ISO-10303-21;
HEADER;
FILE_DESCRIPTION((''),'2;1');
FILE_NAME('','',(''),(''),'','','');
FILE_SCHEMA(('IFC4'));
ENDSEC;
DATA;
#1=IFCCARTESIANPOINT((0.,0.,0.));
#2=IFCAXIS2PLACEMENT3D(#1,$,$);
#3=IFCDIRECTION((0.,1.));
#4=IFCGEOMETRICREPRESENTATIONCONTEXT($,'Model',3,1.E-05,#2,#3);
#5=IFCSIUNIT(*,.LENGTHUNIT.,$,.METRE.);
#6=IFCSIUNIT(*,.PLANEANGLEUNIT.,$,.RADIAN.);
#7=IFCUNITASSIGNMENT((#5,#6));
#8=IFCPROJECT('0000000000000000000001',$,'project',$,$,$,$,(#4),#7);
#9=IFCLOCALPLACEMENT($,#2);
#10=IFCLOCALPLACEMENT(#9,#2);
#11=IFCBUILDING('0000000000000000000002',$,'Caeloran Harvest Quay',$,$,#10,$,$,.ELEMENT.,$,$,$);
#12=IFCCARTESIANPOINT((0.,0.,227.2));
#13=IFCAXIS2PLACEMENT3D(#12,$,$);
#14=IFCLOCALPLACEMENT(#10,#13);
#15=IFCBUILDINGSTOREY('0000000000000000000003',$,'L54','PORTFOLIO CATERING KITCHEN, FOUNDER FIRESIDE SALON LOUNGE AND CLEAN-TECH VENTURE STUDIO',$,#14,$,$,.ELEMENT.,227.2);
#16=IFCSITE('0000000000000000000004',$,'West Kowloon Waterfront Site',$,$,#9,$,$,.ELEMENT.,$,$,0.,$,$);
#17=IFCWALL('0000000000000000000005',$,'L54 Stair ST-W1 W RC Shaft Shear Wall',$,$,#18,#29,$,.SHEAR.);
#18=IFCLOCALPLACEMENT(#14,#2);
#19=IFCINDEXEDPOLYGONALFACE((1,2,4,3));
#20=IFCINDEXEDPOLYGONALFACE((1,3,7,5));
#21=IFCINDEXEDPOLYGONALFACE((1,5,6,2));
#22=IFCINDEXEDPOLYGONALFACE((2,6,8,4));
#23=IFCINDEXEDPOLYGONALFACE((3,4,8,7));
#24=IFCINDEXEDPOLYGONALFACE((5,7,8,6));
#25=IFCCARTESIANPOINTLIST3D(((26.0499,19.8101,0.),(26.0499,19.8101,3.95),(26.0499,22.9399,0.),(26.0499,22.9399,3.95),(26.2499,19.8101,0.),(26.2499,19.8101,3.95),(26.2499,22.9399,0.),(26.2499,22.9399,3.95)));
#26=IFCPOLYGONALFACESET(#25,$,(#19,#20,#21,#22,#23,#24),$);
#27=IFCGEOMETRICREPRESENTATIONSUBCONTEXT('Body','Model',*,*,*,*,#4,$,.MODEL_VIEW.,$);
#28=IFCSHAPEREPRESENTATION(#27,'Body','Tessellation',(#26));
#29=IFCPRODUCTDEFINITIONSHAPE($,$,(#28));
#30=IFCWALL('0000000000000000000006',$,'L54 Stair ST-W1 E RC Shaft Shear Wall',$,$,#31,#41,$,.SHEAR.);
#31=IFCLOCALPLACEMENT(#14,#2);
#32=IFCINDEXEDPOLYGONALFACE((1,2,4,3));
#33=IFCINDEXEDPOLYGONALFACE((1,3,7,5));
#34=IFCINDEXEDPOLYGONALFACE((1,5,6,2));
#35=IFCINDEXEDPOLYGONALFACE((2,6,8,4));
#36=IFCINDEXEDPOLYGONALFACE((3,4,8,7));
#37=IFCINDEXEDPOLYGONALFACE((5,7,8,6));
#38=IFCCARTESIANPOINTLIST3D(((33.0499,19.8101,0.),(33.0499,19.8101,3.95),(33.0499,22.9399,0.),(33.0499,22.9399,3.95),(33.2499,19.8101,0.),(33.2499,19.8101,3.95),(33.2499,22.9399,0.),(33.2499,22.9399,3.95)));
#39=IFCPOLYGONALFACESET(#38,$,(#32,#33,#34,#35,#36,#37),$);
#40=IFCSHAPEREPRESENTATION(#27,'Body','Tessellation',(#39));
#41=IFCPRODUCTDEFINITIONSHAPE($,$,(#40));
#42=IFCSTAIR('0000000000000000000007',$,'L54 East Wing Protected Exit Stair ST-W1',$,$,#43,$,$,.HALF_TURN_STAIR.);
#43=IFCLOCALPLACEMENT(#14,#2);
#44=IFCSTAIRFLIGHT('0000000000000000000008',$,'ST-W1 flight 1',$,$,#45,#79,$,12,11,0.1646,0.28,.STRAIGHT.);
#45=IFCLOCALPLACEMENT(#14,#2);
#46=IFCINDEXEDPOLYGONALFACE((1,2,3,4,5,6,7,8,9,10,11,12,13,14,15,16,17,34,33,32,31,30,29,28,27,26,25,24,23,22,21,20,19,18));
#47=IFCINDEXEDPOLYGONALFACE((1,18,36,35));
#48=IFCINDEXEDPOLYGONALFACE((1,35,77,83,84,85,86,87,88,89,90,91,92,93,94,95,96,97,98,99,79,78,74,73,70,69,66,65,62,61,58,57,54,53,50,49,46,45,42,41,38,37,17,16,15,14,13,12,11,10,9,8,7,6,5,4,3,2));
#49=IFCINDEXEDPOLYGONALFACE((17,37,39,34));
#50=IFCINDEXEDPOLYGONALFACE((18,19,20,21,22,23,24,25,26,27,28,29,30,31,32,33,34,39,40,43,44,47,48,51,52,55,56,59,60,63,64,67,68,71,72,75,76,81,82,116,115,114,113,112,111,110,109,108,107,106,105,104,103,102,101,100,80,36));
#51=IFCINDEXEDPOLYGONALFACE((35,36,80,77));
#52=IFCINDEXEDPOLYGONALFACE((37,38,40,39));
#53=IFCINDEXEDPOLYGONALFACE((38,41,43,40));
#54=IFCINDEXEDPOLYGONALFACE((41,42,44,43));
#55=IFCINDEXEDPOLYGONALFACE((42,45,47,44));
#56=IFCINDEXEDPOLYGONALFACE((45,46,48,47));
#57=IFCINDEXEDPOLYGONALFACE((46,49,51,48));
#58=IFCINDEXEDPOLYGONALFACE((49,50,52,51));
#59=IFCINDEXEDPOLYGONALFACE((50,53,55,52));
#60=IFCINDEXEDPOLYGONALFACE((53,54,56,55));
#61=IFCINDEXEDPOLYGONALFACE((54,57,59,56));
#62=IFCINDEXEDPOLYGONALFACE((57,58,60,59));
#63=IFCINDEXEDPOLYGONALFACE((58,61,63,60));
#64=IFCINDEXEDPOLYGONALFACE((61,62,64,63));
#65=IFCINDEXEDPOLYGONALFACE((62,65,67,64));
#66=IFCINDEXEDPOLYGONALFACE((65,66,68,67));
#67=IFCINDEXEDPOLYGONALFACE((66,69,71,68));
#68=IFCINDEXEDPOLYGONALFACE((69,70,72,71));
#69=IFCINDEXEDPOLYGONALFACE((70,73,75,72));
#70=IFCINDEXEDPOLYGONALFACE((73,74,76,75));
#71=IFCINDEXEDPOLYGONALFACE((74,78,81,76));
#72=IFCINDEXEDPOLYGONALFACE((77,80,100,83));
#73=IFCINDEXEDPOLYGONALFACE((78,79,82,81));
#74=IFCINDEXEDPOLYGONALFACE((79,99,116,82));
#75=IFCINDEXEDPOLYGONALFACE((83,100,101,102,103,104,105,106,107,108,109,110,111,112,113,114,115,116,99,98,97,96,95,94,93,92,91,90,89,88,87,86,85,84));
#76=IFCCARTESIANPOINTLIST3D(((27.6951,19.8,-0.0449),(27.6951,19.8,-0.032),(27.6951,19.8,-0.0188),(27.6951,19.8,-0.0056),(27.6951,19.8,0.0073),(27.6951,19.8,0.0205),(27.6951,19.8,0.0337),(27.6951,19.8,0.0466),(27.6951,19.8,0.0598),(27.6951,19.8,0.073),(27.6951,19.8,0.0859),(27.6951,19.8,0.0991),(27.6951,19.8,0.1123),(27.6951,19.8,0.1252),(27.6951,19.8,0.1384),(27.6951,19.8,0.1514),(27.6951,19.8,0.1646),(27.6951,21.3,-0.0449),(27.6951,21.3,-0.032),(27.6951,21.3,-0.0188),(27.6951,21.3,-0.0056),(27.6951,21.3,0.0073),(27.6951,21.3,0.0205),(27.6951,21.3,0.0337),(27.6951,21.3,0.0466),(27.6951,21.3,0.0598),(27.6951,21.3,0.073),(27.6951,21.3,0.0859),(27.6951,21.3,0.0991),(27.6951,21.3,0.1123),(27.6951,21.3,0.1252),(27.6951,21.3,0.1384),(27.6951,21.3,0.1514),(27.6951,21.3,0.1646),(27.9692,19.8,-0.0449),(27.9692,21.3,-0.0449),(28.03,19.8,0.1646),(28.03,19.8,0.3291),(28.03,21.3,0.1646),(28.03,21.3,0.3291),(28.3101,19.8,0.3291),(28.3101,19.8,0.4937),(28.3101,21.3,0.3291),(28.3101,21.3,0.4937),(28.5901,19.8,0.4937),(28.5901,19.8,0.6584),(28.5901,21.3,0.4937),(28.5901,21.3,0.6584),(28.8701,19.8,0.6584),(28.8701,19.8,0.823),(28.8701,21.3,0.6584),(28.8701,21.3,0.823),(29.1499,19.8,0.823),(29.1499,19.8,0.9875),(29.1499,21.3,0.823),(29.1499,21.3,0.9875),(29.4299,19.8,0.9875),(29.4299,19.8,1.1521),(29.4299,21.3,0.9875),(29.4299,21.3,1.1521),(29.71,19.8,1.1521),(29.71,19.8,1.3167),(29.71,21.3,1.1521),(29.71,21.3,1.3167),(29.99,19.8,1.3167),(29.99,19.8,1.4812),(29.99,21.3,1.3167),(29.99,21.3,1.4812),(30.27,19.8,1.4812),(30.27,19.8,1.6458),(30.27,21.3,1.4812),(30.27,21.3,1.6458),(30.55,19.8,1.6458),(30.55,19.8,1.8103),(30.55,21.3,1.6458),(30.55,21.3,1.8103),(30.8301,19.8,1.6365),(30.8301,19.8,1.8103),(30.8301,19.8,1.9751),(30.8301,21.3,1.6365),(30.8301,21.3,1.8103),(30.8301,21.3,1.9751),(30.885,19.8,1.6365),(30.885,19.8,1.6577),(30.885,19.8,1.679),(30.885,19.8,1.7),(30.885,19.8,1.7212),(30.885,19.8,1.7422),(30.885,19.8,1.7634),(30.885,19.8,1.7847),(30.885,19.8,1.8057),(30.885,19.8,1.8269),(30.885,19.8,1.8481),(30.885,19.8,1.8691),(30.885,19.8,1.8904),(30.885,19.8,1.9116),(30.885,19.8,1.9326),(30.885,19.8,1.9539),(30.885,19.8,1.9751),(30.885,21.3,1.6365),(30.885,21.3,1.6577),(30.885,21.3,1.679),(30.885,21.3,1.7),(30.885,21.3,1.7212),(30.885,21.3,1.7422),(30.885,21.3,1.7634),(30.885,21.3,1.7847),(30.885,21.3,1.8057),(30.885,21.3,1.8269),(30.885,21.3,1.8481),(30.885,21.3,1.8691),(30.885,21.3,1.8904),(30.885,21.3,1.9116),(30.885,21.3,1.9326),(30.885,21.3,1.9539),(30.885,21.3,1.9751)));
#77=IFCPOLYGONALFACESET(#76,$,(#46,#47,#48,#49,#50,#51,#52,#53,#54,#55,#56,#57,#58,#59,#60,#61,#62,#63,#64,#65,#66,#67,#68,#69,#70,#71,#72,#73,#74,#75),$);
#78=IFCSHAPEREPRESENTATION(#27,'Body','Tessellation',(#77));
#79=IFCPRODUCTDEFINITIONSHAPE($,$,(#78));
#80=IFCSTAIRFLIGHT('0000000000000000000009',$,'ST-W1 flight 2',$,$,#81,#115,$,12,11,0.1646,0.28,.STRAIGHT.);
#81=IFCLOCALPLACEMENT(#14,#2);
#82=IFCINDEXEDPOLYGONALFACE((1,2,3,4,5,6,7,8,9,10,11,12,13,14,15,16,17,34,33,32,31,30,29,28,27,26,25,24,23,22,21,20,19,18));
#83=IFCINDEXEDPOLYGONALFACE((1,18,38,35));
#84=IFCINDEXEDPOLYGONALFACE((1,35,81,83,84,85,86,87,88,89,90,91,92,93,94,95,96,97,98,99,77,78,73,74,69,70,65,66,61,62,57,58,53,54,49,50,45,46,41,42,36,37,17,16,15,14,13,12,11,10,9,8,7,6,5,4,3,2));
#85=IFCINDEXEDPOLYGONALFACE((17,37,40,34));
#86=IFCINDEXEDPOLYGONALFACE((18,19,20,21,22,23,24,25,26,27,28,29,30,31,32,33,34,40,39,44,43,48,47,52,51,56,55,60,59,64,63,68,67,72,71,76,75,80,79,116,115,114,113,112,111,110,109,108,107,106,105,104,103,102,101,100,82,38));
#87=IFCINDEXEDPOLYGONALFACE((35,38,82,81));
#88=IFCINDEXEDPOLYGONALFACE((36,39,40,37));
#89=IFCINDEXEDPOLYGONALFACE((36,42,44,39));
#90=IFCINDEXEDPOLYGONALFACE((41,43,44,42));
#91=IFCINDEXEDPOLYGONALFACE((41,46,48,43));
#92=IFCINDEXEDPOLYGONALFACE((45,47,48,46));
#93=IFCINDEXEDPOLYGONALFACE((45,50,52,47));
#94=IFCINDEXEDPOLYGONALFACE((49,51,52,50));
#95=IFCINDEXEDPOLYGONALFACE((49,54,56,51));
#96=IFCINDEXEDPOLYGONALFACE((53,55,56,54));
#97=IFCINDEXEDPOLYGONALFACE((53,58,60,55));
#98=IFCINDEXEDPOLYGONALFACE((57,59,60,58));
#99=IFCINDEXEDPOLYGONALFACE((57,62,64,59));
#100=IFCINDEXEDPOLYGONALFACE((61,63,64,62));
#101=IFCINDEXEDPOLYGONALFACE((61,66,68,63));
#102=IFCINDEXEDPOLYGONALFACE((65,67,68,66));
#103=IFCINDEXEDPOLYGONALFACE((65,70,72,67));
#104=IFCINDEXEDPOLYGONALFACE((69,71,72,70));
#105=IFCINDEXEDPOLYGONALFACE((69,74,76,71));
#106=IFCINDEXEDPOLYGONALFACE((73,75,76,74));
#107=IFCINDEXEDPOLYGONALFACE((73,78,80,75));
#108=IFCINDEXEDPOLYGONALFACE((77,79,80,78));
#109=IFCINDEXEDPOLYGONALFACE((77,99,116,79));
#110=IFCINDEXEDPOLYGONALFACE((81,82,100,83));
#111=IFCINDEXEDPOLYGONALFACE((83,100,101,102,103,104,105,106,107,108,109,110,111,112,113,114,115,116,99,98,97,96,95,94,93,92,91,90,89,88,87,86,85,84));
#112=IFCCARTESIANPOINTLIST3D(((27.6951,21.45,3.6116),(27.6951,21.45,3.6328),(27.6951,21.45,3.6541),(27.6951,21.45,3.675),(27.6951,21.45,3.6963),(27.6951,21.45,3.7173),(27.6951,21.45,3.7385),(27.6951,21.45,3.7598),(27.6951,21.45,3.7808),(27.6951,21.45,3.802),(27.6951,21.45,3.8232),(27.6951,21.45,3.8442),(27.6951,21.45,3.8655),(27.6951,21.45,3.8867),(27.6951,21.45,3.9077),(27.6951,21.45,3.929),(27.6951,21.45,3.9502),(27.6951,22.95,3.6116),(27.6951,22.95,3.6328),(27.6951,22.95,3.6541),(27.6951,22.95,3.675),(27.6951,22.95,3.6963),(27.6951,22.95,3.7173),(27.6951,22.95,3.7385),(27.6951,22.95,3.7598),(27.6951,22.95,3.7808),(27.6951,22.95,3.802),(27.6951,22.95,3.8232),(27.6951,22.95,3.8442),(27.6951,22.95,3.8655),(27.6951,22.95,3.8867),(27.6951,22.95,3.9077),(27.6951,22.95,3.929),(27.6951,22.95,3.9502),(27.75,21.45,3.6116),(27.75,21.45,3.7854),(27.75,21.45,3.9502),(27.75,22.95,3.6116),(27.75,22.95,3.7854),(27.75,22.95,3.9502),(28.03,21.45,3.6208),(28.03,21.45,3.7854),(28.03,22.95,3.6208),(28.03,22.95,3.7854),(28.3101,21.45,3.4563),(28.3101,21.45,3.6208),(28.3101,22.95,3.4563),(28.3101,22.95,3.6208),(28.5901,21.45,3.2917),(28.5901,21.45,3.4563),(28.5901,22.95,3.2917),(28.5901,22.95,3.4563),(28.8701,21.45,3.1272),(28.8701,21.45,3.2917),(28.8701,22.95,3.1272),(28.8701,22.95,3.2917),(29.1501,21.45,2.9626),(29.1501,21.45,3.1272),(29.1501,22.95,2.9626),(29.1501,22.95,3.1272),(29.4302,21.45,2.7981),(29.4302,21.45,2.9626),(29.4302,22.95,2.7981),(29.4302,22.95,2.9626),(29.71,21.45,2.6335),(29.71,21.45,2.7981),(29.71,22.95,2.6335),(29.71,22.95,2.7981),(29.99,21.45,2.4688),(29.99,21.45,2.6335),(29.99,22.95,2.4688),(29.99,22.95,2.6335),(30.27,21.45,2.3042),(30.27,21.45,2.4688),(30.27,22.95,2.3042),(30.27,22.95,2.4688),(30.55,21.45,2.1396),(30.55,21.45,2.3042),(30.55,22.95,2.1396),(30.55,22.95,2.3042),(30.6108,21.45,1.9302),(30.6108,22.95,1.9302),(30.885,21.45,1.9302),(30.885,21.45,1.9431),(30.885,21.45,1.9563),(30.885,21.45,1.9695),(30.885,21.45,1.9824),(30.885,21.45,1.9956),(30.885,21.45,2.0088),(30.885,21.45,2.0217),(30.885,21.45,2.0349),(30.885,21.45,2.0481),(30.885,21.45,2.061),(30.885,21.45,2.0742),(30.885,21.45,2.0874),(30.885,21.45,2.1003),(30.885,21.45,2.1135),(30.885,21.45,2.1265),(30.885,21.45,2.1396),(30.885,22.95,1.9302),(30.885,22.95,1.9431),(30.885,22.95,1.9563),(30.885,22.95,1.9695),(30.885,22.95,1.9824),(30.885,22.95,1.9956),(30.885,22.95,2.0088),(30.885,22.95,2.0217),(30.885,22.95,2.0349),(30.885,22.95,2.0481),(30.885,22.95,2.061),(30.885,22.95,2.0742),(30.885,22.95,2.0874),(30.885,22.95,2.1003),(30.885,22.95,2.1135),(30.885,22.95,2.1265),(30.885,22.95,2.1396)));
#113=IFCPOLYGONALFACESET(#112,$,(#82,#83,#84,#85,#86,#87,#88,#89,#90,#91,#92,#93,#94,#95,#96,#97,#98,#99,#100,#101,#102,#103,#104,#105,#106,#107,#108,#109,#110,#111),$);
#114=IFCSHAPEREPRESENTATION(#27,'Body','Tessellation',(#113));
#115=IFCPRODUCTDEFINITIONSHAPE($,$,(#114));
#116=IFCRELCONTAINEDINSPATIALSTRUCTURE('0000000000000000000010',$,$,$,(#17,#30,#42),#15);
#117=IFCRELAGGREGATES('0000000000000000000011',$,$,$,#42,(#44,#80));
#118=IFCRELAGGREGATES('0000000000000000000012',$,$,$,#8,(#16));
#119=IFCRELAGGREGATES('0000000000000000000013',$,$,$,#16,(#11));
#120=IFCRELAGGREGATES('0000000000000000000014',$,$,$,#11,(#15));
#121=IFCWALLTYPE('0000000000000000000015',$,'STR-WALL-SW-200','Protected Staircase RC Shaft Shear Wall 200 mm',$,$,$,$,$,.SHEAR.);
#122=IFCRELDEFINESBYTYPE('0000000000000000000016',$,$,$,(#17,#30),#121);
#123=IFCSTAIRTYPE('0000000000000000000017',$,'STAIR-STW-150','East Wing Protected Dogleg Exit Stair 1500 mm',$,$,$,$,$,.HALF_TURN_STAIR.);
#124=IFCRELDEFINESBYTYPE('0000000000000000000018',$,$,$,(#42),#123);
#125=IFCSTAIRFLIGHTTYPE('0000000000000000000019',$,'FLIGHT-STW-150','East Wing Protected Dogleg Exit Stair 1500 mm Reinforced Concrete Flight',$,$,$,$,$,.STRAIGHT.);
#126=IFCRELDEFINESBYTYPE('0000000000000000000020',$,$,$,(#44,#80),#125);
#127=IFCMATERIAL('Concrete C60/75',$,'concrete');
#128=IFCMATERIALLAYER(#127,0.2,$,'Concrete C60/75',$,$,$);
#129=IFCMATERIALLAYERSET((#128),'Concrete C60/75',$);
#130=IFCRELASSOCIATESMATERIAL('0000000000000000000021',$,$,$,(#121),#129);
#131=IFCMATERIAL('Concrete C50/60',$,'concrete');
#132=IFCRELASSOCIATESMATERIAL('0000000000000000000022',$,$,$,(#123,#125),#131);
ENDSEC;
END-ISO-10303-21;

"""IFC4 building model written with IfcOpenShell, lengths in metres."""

from ifc_helpers import new_model, si_unit, direction, frame, frame_2d, origin, place, context, subcontext, project, spatial, polyline, rectangle, outline, extrude, material, layer, layer_set, type_object, element, aggregate, save


model = new_model("IFC4")

# Units and contexts
model_context = context("Model", 3, precision=1e-05, world=origin(), true_north=direction((0.0, 1.0)))
body_context = subcontext(model_context, "Body", "Model", "MODEL_VIEW")
ifc_project = project(units=[si_unit("LENGTHUNIT", "METRE"), si_unit("PLANEANGLEUNIT", "RADIAN")], contexts=[model_context])

# Site, building, storey
site_placement = place(None, origin())
site = spatial("IfcSite", under=ifc_project, at=site_placement, Name="West Kowloon Waterfront Site", CompositionType="ELEMENT", RefElevation=0.0)
building_placement = place(site_placement, origin())
building = spatial("IfcBuilding", under=site, at=building_placement, Name="Caeloran Harvest Quay", CompositionType="ELEMENT")
storey_placement = place(building_placement, frame((0.0, 0.0, 227.2)))
storey = spatial("IfcBuildingStorey", under=building, at=storey_placement, Name="L54", Description="PORTFOLIO CATERING KITCHEN, FOUNDER FIRESIDE SALON LOUNGE AND CLEAN-TECH VENTURE STUDIO", CompositionType="ELEMENT", Elevation=227.2)

# Shared definitions
ifc_material_1 = material(Name="Concrete C60/75", Category="concrete")
ifc_layer_1 = layer(ifc_material_1, 0.2, Name="Concrete C60/75")
ifc_layer_set_1 = layer_set([ifc_layer_1], Name="Concrete C60/75")
wall_type_1 = type_object("IfcWallType", Name="STR-WALL-SW-200", Description="Protected Staircase RC Shaft Shear Wall 200 mm", PredefinedType="SHEAR", material=ifc_layer_set_1)

# Walls
for number, where, z_axis, x_axis, name in (
    (1, (26.1499, 19.8101, 0.0), (0.0, 0.0, 1.0), (0.0, 1.0, 0.0), "L54 Stair ST-W1 W RC Shaft Shear Wall"),
    (2, (33.1499, 19.8101, 0.0), (0.0, 0.0, 1.0), (0.0, 1.0, 0.0), "L54 Stair ST-W1 E RC Shaft Shear Wall"),
):
    element("IfcWall", number, at=place(storey_placement, frame(where, z_axis=z_axis, x_axis=x_axis)), inside=storey, type_object=wall_type_1, Name=name, PredefinedType="SHEAR", context=body_context, shape_type="SweptSolid", body=[
        extrude(rectangle(XDim=3.1299, YDim=0.2, at=frame_2d((1.5649, 0.0))), origin(), (0.0, 0.0, 1.0), 3.95),
    ])

# Stair, stair flights
ifc_material_2 = material(Name="Concrete C50/60", Category="concrete")
stair_type = type_object("IfcStairType", Name="STAIR-STW-150", Description="East Wing Protected Dogleg Exit Stair 1500 mm", PredefinedType="HALF_TURN_STAIR", material=ifc_material_2)
stair_placement = place(storey_placement, origin())
stair = element("IfcStair", 3, at=stair_placement, inside=storey, type_object=stair_type, Name="L54 East Wing Protected Exit Stair ST-W1", PredefinedType="HALF_TURN_STAIR")
stair_flight_type = type_object("IfcStairFlightType", Name="FLIGHT-STW-150", Description="East Wing Protected Dogleg Exit Stair 1500 mm Reinforced Concrete Flight", PredefinedType="STRAIGHT", material=ifc_material_2)
stair_flight_1_placement = place(storey_placement, frame((27.75, 20.55, 0.0), z_axis=(0.0, 0.0, 1.0), x_axis=(1.0, 0.0, 0.0)))
stair_flight_1 = element("IfcStairFlight", 4, at=stair_flight_1_placement, type_object=stair_flight_type, Name="ST-W1 flight 1", NumberOfRisers=12, NumberOfTreads=11, PredefinedType="STRAIGHT", RiserHeight=0.1646, TreadLength=0.28, context=body_context, shape_type="SweptSolid", body=[
    extrude(outline(polyline([(-0.0549, -0.0449), (-0.0549, -0.032), (-0.0549, -0.0188), (-0.0549, -0.0056), (-0.0549, 0.0073), (-0.0549, 0.0205), (-0.0549, 0.0337), (-0.0549, 0.0466), (-0.0549, 0.0598), (-0.0549, 0.073), (-0.0549, 0.0859), (-0.0549, 0.0991), (-0.0549, 0.1123), (-0.0549, 0.1252), (-0.0549, 0.1384), (-0.0549, 0.1514), (-0.0549, 0.1646), (0.28, 0.1646), (0.28, 0.3291), (0.5601, 0.3291), (0.5601, 0.4937), (0.8401, 0.4937), (0.8401, 0.6584), (1.1201, 0.6584), (1.1201, 0.823), (1.3999, 0.823), (1.3999, 0.9875), (1.6799, 0.9875), (1.6799, 1.1521), (1.96, 1.1521), (1.96, 1.3167), (2.24, 1.3167), (2.24, 1.4812), (2.52, 1.4812), (2.52, 1.6458), (2.8, 1.6458), (2.8, 1.8103), (3.0801, 1.8103), (3.0801, 1.9751), (3.135, 1.9751), (3.135, 1.9539), (3.135, 1.9326), (3.135, 1.9116), (3.135, 1.8904), (3.135, 1.8691), (3.135, 1.8481), (3.135, 1.8269), (3.135, 1.8057), (3.135, 1.7847), (3.135, 1.7634), (3.135, 1.7422), (3.135, 1.7212), (3.135, 1.7), (3.135, 1.679), (3.135, 1.6577), (3.135, 1.6365), (3.0801, 1.6365), (0.2192, -0.0449), (-0.0549, -0.0449)])), frame((0.0, 0.75, 0.0), z_axis=(0.0, -1.0, 0.0), x_axis=(1.0, 0.0, 0.0)), (0.0, 0.0, 1.0), 1.5),
])
stair_flight_2_placement = place(storey_placement, frame((30.8301, 22.2, 1.9751), z_axis=(0.0, 0.0, 1.0), x_axis=(-1.0, 0.0, 0.0)))
stair_flight_2 = element("IfcStairFlight", 5, at=stair_flight_2_placement, type_object=stair_flight_type, Name="ST-W1 flight 2", NumberOfRisers=12, NumberOfTreads=11, PredefinedType="STRAIGHT", RiserHeight=0.1646, TreadLength=0.28, context=body_context, shape_type="SweptSolid", body=[
    extrude(outline(polyline([(-0.0549, -0.0449), (-0.0549, -0.032), (-0.0549, -0.0188), (-0.0549, -0.0056), (-0.0549, 0.0073), (-0.0549, 0.0205), (-0.0549, 0.0337), (-0.0549, 0.0466), (-0.0549, 0.0598), (-0.0549, 0.073), (-0.0549, 0.0859), (-0.0549, 0.0991), (-0.0549, 0.1123), (-0.0549, 0.1252), (-0.0549, 0.1384), (-0.0549, 0.1514), (-0.0549, 0.1646), (0.28, 0.1646), (0.28, 0.3291), (0.5601, 0.3291), (0.5601, 0.4937), (0.8401, 0.4937), (0.8401, 0.6584), (1.1201, 0.6584), (1.1201, 0.823), (1.3999, 0.823), (1.3999, 0.9875), (1.6799, 0.9875), (1.6799, 1.1521), (1.96, 1.1521), (1.96, 1.3167), (2.24, 1.3167), (2.24, 1.4812), (2.52, 1.4812), (2.52, 1.6458), (2.8, 1.6458), (2.8, 1.8103), (3.0801, 1.8103), (3.0801, 1.9751), (3.135, 1.9751), (3.135, 1.9539), (3.135, 1.9326), (3.135, 1.9116), (3.135, 1.8904), (3.135, 1.8691), (3.135, 1.8481), (3.135, 1.8269), (3.135, 1.8057), (3.135, 1.7847), (3.135, 1.7634), (3.135, 1.7422), (3.135, 1.7212), (3.135, 1.7), (3.135, 1.679), (3.135, 1.6577), (3.135, 1.6365), (3.0801, 1.6365), (0.2192, -0.0449), (-0.0549, -0.0449)])), frame((0.0, 0.75, 0.0), z_axis=(0.0, -1.0, 0.0), x_axis=(1.0, 0.0, 0.0)), (0.0, 0.0, 1.0), 1.5),
])
aggregate(stair, [stair_flight_1, stair_flight_2])

save(model, "model.ifc")
